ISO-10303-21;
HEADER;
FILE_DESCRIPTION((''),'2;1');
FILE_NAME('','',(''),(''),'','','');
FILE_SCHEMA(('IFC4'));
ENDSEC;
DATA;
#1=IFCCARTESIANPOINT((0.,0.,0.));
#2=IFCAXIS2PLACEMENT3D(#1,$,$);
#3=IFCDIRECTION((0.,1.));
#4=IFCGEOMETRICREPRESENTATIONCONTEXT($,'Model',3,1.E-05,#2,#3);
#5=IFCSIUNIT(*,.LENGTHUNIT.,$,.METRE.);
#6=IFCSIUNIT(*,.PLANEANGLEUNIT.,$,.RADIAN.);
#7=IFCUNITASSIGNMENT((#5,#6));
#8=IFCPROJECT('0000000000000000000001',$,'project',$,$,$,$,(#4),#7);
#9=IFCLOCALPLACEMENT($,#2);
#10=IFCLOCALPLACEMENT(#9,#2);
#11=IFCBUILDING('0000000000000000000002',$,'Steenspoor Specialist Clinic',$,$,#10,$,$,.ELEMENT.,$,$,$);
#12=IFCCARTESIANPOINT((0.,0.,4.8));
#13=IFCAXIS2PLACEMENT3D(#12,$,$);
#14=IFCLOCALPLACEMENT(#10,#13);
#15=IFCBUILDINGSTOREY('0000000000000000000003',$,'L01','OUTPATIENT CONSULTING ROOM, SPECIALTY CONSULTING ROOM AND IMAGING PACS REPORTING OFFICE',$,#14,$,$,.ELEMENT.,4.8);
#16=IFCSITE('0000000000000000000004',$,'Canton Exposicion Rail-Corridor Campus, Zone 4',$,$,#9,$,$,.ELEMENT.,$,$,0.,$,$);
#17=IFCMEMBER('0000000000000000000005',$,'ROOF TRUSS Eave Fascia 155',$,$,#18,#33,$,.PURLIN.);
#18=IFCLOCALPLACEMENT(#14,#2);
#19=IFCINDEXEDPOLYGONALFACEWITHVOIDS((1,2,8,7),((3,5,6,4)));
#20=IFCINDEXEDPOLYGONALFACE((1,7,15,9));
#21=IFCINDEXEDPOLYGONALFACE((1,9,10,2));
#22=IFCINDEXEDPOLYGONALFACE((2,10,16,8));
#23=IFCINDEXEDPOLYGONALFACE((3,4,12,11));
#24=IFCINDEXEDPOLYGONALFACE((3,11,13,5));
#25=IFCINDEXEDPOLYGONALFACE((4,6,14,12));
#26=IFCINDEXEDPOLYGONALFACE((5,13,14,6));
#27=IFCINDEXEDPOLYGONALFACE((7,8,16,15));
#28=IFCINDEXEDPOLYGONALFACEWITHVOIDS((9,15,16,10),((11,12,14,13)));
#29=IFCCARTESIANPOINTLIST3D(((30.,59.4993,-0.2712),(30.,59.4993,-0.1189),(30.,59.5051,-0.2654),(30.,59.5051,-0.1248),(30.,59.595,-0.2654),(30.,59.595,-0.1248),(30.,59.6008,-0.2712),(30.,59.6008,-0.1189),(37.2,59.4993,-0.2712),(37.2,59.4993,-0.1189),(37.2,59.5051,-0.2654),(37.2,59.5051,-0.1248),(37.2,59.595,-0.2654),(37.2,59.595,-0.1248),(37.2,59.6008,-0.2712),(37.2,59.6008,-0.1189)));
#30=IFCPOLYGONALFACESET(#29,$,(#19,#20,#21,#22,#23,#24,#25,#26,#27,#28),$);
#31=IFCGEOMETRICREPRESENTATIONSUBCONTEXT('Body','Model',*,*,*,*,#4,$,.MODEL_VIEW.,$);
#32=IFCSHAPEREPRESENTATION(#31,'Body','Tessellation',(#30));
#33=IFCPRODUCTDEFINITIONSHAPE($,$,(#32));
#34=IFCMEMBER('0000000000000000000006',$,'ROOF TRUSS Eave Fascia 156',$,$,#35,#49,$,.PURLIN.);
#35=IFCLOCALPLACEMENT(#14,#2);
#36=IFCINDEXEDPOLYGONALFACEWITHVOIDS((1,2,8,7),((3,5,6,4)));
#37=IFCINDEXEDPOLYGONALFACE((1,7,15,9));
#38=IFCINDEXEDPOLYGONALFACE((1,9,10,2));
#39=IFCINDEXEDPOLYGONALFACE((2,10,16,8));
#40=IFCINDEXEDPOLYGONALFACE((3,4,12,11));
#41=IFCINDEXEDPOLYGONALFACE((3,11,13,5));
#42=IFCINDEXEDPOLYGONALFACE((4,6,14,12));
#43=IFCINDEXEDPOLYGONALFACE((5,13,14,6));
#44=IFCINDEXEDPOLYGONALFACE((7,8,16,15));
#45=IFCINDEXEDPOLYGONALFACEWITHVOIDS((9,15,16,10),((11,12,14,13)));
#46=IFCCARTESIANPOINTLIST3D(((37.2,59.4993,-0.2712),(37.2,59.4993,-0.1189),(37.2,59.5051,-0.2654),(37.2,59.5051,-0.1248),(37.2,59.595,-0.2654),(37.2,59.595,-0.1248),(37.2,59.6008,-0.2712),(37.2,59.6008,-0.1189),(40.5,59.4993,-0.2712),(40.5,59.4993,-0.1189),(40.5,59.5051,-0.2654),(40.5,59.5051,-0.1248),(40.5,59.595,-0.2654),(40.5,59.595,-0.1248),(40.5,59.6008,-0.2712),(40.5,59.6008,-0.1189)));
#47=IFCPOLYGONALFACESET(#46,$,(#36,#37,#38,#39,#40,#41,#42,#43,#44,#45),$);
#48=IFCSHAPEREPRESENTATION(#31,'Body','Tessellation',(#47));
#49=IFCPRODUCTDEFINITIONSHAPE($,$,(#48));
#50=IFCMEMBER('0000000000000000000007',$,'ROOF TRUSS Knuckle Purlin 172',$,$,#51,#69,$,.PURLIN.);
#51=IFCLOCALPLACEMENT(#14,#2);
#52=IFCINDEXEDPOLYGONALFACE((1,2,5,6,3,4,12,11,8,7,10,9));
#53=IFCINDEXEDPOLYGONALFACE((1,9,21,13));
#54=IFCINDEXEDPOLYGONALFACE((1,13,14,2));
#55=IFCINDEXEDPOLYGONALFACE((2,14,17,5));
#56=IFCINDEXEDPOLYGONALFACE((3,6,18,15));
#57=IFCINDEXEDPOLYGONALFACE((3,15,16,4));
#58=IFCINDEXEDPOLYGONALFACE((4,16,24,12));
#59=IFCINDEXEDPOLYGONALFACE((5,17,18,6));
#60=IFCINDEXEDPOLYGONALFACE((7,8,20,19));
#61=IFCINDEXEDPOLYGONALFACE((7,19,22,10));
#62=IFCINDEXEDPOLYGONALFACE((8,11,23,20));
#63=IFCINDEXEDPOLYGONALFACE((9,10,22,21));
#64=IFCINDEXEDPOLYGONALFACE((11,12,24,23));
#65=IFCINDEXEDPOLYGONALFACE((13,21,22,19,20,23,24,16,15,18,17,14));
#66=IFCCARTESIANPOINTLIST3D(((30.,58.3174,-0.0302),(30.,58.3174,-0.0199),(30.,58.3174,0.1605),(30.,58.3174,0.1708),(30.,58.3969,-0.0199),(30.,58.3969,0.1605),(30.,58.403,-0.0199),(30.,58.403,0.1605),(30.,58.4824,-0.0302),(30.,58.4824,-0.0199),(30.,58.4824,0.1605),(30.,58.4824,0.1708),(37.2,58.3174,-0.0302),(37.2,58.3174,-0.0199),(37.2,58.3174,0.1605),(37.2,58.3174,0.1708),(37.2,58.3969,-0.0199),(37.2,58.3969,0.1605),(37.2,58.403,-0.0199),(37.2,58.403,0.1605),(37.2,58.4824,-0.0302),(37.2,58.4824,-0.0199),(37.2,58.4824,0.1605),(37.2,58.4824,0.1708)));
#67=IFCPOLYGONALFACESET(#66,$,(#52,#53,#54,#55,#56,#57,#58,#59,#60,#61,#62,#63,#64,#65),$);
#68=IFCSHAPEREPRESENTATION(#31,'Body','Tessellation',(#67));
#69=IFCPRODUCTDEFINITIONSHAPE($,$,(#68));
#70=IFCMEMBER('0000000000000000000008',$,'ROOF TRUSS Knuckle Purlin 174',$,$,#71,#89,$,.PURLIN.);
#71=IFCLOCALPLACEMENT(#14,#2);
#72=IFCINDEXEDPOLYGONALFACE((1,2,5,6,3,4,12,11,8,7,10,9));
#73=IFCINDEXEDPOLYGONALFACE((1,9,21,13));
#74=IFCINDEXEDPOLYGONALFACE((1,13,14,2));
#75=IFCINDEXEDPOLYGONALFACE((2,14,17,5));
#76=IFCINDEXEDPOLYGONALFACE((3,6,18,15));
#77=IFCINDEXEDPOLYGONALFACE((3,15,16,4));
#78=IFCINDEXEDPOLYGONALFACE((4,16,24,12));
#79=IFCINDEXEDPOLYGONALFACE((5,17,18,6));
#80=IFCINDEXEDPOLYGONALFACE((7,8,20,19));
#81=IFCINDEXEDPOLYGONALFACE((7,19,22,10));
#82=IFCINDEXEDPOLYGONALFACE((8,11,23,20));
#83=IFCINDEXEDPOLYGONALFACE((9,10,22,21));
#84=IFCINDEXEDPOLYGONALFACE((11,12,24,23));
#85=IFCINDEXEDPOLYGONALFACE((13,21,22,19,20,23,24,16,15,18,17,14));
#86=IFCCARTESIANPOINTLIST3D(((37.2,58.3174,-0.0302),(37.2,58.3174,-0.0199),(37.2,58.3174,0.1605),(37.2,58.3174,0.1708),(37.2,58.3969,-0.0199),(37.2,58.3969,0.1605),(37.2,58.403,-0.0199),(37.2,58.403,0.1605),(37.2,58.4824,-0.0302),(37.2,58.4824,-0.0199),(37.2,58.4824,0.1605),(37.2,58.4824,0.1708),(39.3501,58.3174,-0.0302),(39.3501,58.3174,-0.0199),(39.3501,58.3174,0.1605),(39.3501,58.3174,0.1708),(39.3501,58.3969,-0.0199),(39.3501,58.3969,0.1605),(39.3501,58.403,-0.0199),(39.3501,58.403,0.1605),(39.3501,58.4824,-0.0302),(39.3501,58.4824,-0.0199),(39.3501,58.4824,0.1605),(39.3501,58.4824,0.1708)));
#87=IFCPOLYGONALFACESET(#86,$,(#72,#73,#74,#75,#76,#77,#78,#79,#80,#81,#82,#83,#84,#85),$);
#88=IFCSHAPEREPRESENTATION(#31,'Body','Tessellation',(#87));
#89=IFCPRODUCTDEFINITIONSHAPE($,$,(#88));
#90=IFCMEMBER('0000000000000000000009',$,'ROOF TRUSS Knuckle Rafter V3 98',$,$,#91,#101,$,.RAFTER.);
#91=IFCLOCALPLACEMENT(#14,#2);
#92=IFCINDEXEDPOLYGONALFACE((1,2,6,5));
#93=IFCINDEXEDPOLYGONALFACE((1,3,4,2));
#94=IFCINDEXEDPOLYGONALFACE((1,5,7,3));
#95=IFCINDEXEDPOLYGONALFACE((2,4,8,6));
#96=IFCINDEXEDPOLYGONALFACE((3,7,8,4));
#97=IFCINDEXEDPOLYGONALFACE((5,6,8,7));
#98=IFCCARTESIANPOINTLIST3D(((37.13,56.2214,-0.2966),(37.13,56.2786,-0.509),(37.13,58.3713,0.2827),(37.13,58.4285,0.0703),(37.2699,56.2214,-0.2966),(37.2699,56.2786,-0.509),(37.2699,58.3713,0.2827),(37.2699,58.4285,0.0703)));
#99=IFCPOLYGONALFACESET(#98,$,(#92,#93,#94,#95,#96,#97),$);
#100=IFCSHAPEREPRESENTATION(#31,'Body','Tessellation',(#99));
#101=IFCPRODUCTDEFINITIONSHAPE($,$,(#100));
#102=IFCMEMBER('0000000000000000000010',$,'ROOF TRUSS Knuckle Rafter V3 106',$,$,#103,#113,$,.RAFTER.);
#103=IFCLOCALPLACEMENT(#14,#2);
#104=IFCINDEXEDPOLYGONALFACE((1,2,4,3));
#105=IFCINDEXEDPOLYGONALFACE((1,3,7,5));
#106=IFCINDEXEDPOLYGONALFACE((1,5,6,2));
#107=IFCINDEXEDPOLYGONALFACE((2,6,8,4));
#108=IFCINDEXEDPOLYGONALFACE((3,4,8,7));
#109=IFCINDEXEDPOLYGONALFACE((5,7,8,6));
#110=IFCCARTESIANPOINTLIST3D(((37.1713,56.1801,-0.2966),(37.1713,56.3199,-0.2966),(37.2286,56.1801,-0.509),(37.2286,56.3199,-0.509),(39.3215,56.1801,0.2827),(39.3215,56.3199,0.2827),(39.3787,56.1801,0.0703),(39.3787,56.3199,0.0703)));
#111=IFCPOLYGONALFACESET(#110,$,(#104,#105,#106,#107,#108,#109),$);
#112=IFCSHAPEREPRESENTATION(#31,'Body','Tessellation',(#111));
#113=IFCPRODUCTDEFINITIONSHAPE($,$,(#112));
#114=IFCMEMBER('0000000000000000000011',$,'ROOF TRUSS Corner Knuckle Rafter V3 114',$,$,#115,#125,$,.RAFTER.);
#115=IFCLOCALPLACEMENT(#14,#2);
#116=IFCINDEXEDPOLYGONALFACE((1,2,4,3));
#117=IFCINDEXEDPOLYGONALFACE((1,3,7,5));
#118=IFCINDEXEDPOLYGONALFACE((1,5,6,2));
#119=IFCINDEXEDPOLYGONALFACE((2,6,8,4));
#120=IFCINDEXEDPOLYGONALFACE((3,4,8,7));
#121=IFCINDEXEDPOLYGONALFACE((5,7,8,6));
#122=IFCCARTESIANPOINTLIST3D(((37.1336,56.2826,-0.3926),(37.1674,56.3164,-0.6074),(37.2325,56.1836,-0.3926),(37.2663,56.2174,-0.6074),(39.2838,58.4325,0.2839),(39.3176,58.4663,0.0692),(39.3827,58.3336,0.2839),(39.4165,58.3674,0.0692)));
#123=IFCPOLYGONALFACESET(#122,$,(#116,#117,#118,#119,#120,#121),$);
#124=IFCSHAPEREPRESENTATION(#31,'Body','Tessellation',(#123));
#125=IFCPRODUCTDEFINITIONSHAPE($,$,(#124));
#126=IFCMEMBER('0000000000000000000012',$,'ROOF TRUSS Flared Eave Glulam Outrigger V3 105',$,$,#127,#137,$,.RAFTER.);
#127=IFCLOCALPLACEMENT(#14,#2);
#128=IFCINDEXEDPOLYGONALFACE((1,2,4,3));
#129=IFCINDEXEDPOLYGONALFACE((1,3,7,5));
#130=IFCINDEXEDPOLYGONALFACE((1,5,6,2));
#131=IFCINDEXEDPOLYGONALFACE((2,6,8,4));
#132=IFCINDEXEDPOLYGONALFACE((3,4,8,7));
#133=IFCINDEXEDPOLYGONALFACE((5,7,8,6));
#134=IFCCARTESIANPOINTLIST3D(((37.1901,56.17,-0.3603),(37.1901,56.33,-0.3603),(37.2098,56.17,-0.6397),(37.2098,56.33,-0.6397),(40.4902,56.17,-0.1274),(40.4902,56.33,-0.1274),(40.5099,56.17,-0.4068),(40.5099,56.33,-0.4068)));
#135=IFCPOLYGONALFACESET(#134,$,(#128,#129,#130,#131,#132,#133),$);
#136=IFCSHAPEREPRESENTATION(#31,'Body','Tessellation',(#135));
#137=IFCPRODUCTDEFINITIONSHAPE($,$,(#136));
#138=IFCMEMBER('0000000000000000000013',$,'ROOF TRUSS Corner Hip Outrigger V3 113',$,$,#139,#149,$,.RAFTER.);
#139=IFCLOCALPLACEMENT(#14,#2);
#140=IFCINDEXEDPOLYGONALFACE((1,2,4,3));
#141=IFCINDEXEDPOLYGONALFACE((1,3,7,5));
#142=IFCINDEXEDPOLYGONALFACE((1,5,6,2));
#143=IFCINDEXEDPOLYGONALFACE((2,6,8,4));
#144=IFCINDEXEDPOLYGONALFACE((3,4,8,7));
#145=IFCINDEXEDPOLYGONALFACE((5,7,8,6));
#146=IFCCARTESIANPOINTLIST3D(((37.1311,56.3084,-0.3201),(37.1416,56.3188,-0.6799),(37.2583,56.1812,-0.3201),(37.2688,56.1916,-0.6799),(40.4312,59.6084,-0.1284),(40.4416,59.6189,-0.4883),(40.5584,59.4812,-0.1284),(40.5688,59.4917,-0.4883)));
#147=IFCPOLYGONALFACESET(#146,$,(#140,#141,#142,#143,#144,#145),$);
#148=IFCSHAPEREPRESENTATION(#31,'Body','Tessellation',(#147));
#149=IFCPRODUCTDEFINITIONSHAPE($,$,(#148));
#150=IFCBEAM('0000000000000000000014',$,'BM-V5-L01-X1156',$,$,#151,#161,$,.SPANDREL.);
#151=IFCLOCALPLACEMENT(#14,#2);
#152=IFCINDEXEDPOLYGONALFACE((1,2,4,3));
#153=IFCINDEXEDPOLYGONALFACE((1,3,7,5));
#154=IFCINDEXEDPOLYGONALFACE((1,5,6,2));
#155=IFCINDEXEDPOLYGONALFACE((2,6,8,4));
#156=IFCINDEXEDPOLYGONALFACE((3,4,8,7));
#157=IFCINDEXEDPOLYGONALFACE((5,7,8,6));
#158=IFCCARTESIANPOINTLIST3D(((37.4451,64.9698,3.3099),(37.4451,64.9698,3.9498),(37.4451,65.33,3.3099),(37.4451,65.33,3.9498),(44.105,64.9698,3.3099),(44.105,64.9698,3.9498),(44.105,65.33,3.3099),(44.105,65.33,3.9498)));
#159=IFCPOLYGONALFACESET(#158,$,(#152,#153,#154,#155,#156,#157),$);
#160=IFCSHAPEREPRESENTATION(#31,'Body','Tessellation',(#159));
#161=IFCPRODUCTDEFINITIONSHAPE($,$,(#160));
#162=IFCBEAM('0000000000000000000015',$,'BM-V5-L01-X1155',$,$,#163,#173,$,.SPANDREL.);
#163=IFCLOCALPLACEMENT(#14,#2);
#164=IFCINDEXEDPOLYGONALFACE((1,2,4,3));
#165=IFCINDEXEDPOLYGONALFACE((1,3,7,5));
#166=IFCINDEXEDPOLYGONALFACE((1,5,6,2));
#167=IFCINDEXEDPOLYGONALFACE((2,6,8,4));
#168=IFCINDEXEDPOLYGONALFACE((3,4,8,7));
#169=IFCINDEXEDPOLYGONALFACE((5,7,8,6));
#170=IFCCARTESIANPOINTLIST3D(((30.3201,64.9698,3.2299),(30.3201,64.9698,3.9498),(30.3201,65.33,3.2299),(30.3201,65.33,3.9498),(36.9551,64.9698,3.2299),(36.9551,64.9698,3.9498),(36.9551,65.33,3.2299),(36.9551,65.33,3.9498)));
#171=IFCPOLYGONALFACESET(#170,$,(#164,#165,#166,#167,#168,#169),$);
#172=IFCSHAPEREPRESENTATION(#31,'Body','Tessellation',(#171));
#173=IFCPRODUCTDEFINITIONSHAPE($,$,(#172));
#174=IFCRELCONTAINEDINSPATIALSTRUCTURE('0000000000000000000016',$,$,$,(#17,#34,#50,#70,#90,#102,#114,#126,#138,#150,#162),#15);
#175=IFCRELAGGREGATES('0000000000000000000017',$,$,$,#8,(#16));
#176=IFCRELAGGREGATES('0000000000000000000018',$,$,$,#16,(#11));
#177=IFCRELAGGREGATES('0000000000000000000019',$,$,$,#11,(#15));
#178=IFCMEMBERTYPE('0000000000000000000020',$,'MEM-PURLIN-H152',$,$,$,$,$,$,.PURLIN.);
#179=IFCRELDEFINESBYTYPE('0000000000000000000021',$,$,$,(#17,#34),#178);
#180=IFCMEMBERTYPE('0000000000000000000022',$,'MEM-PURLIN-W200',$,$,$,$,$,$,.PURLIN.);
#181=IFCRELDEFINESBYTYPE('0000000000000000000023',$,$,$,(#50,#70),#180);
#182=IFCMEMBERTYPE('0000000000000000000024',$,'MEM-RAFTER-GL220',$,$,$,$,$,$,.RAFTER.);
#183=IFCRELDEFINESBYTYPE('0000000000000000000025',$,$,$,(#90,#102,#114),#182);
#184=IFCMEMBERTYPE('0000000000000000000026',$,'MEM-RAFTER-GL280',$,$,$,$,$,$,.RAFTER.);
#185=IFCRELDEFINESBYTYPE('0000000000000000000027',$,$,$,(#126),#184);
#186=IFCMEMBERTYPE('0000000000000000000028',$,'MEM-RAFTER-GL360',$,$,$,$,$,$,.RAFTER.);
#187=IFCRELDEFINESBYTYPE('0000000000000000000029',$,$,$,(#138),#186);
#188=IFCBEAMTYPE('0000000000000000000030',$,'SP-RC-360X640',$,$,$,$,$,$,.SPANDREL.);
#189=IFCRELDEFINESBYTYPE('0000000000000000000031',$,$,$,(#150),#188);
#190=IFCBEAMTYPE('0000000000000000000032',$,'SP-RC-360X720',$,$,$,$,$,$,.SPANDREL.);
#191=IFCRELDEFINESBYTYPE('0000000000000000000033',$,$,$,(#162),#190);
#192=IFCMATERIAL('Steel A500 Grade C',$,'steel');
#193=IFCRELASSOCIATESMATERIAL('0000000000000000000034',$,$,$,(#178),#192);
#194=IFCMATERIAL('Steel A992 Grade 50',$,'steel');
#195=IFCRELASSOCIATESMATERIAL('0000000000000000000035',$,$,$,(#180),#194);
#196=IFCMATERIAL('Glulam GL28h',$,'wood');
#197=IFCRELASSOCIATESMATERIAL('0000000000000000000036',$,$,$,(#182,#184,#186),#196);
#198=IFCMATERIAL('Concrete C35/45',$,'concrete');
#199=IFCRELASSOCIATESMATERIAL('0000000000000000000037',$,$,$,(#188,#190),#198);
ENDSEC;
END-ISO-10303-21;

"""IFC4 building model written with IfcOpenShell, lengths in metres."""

from ifc_helpers import new_model, si_unit, direction, frame, origin, origin_2d, place, context, subcontext, project, spatial, rectangle, hollow_rectangle, i_section, extrude, material, material_profile, profile_set, type_object, element, save


model = new_model("IFC4")

# Units and contexts
model_context = context("Model", 3, precision=1e-05, world=origin(), true_north=direction((0.0, 1.0)))
body_context = subcontext(model_context, "Body", "Model", "MODEL_VIEW")
ifc_project = project(units=[si_unit("LENGTHUNIT", "METRE"), si_unit("PLANEANGLEUNIT", "RADIAN")], contexts=[model_context])

# Site, building, storey
site_placement = place(None, origin())
site = spatial("IfcSite", under=ifc_project, at=site_placement, Name="Canton Exposicion Rail-Corridor Campus, Zone 4", CompositionType="ELEMENT", RefElevation=0.0)
building_placement = place(site_placement, origin())
building = spatial("IfcBuilding", under=site, at=building_placement, Name="Steenspoor Specialist Clinic", CompositionType="ELEMENT")
storey_placement = place(building_placement, frame((0.0, 0.0, 4.8)))
storey = spatial("IfcBuildingStorey", under=building, at=storey_placement, Name="L01", Description="OUTPATIENT CONSULTING ROOM, SPECIALTY CONSULTING ROOM AND IMAGING PACS REPORTING OFFICE", CompositionType="ELEMENT", Elevation=4.8)

# Members
ifc_material_1 = material(Name="Steel A500 Grade C", Category="steel")
ifc_material_profile_1 = material_profile(ifc_material_1, hollow_rectangle(XDim=0.1016, YDim=0.1523, WallThickness=0.0059, at=origin_2d()), Name="HSS152X102X6.4")
ifc_profile_set_1 = profile_set([ifc_material_profile_1], Name="Steel A500 Grade C")
member_type_1 = type_object("IfcMemberType", Name="MEM-PURLIN-H152", PredefinedType="PURLIN", material=ifc_profile_set_1)
member_1_placement = place(storey_placement, frame((30.0, 59.55, -0.1951), z_axis=(1.0, 0.0, 0.0), x_axis=(0.0, 1.0, 0.0)))
element("IfcMember", 1, at=member_1_placement, inside=storey, type_object=member_type_1, Name="ROOF TRUSS Eave Fascia 155", PredefinedType="PURLIN", context=body_context, shape_type="SweptSolid", body=[
    extrude(hollow_rectangle(XDim=0.1016, YDim=0.1523, WallThickness=0.0059, at=origin_2d()), origin(), (0.0, 0.0, 1.0), 7.2),
])
member_2_placement = place(storey_placement, frame((37.2, 59.55, -0.1951), z_axis=(1.0, 0.0, 0.0), x_axis=(0.0, 1.0, 0.0)))
element("IfcMember", 2, at=member_2_placement, inside=storey, type_object=member_type_1, Name="ROOF TRUSS Eave Fascia 156", PredefinedType="PURLIN", context=body_context, shape_type="SweptSolid", body=[
    extrude(hollow_rectangle(XDim=0.1016, YDim=0.1523, WallThickness=0.0059, at=origin_2d()), origin(), (0.0, 0.0, 1.0), 3.3),
])
ifc_material_2 = material(Name="Steel A992 Grade 50", Category="steel")
ifc_material_profile_2 = material_profile(ifc_material_2, i_section(OverallWidth=0.165, OverallDepth=0.2009, WebThickness=0.0061, FlangeThickness=0.0103, at=origin_2d()), Name="W200X36")
ifc_profile_set_2 = profile_set([ifc_material_profile_2], Name="Steel A992 Grade 50")
member_type_2 = type_object("IfcMemberType", Name="MEM-PURLIN-W200", PredefinedType="PURLIN", material=ifc_profile_set_2)
member_3_placement = place(storey_placement, frame((30.0, 58.3999, 0.0703), z_axis=(1.0, 0.0, 0.0), x_axis=(0.0, 1.0, 0.0)))
element("IfcMember", 3, at=member_3_placement, inside=storey, type_object=member_type_2, Name="ROOF TRUSS Knuckle Purlin 172", PredefinedType="PURLIN", context=body_context, shape_type="SweptSolid", body=[
    extrude(i_section(OverallWidth=0.165, OverallDepth=0.2009, WebThickness=0.0061, FlangeThickness=0.0103, at=origin_2d()), origin(), (0.0, 0.0, 1.0), 7.2),
])
member_4_placement = place(storey_placement, frame((37.2, 58.3999, 0.0703), z_axis=(1.0, 0.0, 0.0), x_axis=(0.0, 1.0, 0.0)))
element("IfcMember", 4, at=member_4_placement, inside=storey, type_object=member_type_2, Name="ROOF TRUSS Knuckle Purlin 174", PredefinedType="PURLIN", context=body_context, shape_type="SweptSolid", body=[
    extrude(i_section(OverallWidth=0.165, OverallDepth=0.2009, WebThickness=0.0061, FlangeThickness=0.0103, at=origin_2d()), origin(), (0.0, 0.0, 1.0), 2.1501),
])
ifc_material_3 = material(Name="Glulam GL28h", Category="wood")
ifc_material_profile_3 = material_profile(ifc_material_3, rectangle(XDim=0.1399, YDim=0.22, at=origin_2d()), Name="GL28H-140X220")
ifc_profile_set_3 = profile_set([ifc_material_profile_3], Name="Glulam GL28h")
member_type_3 = type_object("IfcMemberType", Name="MEM-RAFTER-GL220", PredefinedType="RAFTER", material=ifc_profile_set_3)
member_5_placement = place(storey_placement, frame((37.2, 56.25, -0.4028), z_axis=(0.0, 0.965556, 0.260194), x_axis=(-1.0, 0.0, 0.0)))
element("IfcMember", 5, at=member_5_placement, inside=storey, type_object=member_type_3, Name="ROOF TRUSS Knuckle Rafter V3 98", PredefinedType="RAFTER", context=body_context, shape_type="SweptSolid", body=[
    extrude(rectangle(XDim=0.1399, YDim=0.22, at=origin_2d()), origin(), (0.0, 0.0, 1.0), 2.2266),
])
member_6_placement = place(storey_placement, frame((37.2, 56.25, -0.4028), z_axis=(0.965564, 0.0, 0.260166), x_axis=(0.0, 1.0, 0.0)))
element("IfcMember", 6, at=member_6_placement, inside=storey, type_object=member_type_3, Name="ROOF TRUSS Knuckle Rafter V3 106", PredefinedType="RAFTER", context=body_context, shape_type="SweptSolid", body=[
    extrude(rectangle(XDim=0.1399, YDim=0.22, at=origin_2d()), origin(), (0.0, 0.0, 1.0), 2.2268),
])
member_7_placement = place(storey_placement, frame((37.2, 56.25, -0.5), z_axis=(0.690268, 0.69019, 0.217183), x_axis=(-0.707067, 0.707147, 0.0)))
element("IfcMember", 7, at=member_7_placement, inside=storey, type_object=member_type_3, Name="ROOF TRUSS Corner Knuckle Rafter V3 114", PredefinedType="RAFTER", context=body_context, shape_type="SweptSolid", body=[
    extrude(rectangle(XDim=0.1399, YDim=0.22, at=origin_2d()), origin(), (0.0, 0.0, 1.0), 3.115),
])
ifc_material_profile_4 = material_profile(ifc_material_3, rectangle(XDim=0.1599, YDim=0.28, at=origin_2d()), Name="GL28H-160X280")
ifc_profile_set_4 = profile_set([ifc_material_profile_4], Name="Glulam GL28h")
member_type_4 = type_object("IfcMemberType", Name="MEM-RAFTER-GL280", PredefinedType="RAFTER", material=ifc_profile_set_4)
member_8_placement = place(storey_placement, frame((37.2, 56.25, -0.5), z_axis=(0.997519, 0.0, 0.070403), x_axis=(0.0, 1.0, 0.0)))
element("IfcMember", 8, at=member_8_placement, inside=storey, type_object=member_type_4, Name="ROOF TRUSS Flared Eave Glulam Outrigger V3 105", PredefinedType="RAFTER", context=body_context, shape_type="SweptSolid", body=[
    extrude(rectangle(XDim=0.1599, YDim=0.28, at=origin_2d()), origin(), (0.0, 0.0, 1.0), 3.3083),
])
ifc_material_profile_5 = material_profile(ifc_material_3, rectangle(XDim=0.1799, YDim=0.3601, at=origin_2d()), Name="GL28H-180X360")
ifc_profile_set_5 = profile_set([ifc_material_profile_5], Name="Glulam GL28h")
member_type_5 = type_object("IfcMemberType", Name="MEM-RAFTER-GL360", PredefinedType="RAFTER", material=ifc_profile_set_5)
member_9_placement = place(storey_placement, frame((37.2, 56.25, -0.5), z_axis=(0.706511, 0.706511, 0.041031), x_axis=(-0.707107, 0.707107, 0.0)))
element("IfcMember", 9, at=member_9_placement, inside=storey, type_object=member_type_5, Name="ROOF TRUSS Corner Hip Outrigger V3 113", PredefinedType="RAFTER", context=body_context, shape_type="SweptSolid", body=[
    extrude(rectangle(XDim=0.1799, YDim=0.3601, at=origin_2d()), origin(), (0.0, 0.0, 1.0), 4.6709),
])

# Beams
ifc_material_4 = material(Name="Concrete C35/45", Category="concrete")
ifc_material_profile_6 = material_profile(ifc_material_4, rectangle(XDim=0.3601, YDim=0.6399, at=origin_2d()), Name="RC-SP-360X640")
ifc_profile_set_6 = profile_set([ifc_material_profile_6], Name="Concrete C35/45")
beam_type_1 = type_object("IfcBeamType", Name="SP-RC-360X640", PredefinedType="SPANDREL", material=ifc_profile_set_6)
beam_1_placement = place(storey_placement, frame((37.4451, 65.1499, 3.6299), z_axis=(1.0, 0.0, 0.0), x_axis=(0.0, 1.0, 0.0)))
element("IfcBeam", 10, at=beam_1_placement, inside=storey, type_object=beam_type_1, Name="BM-V5-L01-X1156", PredefinedType="SPANDREL", context=body_context, shape_type="SweptSolid", body=[
    extrude(rectangle(XDim=0.3601, YDim=0.6399, at=origin_2d()), origin(), (0.0, 0.0, 1.0), 6.6599),
])
ifc_material_profile_7 = material_profile(ifc_material_4, rectangle(XDim=0.3601, YDim=0.72, at=origin_2d()), Name="RC-SP-360X720")
ifc_profile_set_7 = profile_set([ifc_material_profile_7], Name="Concrete C35/45")
beam_type_2 = type_object("IfcBeamType", Name="SP-RC-360X720", PredefinedType="SPANDREL", material=ifc_profile_set_7)
beam_2_placement = place(storey_placement, frame((30.3201, 65.1499, 3.5898), z_axis=(1.0, 0.0, 0.0), x_axis=(0.0, 1.0, 0.0)))
element("IfcBeam", 11, at=beam_2_placement, inside=storey, type_object=beam_type_2, Name="BM-V5-L01-X1155", PredefinedType="SPANDREL", context=body_context, shape_type="SweptSolid", body=[
    extrude(rectangle(XDim=0.3601, YDim=0.72, at=origin_2d()), origin(), (0.0, 0.0, 1.0), 6.635),
])

save(model, "model.ifc")
